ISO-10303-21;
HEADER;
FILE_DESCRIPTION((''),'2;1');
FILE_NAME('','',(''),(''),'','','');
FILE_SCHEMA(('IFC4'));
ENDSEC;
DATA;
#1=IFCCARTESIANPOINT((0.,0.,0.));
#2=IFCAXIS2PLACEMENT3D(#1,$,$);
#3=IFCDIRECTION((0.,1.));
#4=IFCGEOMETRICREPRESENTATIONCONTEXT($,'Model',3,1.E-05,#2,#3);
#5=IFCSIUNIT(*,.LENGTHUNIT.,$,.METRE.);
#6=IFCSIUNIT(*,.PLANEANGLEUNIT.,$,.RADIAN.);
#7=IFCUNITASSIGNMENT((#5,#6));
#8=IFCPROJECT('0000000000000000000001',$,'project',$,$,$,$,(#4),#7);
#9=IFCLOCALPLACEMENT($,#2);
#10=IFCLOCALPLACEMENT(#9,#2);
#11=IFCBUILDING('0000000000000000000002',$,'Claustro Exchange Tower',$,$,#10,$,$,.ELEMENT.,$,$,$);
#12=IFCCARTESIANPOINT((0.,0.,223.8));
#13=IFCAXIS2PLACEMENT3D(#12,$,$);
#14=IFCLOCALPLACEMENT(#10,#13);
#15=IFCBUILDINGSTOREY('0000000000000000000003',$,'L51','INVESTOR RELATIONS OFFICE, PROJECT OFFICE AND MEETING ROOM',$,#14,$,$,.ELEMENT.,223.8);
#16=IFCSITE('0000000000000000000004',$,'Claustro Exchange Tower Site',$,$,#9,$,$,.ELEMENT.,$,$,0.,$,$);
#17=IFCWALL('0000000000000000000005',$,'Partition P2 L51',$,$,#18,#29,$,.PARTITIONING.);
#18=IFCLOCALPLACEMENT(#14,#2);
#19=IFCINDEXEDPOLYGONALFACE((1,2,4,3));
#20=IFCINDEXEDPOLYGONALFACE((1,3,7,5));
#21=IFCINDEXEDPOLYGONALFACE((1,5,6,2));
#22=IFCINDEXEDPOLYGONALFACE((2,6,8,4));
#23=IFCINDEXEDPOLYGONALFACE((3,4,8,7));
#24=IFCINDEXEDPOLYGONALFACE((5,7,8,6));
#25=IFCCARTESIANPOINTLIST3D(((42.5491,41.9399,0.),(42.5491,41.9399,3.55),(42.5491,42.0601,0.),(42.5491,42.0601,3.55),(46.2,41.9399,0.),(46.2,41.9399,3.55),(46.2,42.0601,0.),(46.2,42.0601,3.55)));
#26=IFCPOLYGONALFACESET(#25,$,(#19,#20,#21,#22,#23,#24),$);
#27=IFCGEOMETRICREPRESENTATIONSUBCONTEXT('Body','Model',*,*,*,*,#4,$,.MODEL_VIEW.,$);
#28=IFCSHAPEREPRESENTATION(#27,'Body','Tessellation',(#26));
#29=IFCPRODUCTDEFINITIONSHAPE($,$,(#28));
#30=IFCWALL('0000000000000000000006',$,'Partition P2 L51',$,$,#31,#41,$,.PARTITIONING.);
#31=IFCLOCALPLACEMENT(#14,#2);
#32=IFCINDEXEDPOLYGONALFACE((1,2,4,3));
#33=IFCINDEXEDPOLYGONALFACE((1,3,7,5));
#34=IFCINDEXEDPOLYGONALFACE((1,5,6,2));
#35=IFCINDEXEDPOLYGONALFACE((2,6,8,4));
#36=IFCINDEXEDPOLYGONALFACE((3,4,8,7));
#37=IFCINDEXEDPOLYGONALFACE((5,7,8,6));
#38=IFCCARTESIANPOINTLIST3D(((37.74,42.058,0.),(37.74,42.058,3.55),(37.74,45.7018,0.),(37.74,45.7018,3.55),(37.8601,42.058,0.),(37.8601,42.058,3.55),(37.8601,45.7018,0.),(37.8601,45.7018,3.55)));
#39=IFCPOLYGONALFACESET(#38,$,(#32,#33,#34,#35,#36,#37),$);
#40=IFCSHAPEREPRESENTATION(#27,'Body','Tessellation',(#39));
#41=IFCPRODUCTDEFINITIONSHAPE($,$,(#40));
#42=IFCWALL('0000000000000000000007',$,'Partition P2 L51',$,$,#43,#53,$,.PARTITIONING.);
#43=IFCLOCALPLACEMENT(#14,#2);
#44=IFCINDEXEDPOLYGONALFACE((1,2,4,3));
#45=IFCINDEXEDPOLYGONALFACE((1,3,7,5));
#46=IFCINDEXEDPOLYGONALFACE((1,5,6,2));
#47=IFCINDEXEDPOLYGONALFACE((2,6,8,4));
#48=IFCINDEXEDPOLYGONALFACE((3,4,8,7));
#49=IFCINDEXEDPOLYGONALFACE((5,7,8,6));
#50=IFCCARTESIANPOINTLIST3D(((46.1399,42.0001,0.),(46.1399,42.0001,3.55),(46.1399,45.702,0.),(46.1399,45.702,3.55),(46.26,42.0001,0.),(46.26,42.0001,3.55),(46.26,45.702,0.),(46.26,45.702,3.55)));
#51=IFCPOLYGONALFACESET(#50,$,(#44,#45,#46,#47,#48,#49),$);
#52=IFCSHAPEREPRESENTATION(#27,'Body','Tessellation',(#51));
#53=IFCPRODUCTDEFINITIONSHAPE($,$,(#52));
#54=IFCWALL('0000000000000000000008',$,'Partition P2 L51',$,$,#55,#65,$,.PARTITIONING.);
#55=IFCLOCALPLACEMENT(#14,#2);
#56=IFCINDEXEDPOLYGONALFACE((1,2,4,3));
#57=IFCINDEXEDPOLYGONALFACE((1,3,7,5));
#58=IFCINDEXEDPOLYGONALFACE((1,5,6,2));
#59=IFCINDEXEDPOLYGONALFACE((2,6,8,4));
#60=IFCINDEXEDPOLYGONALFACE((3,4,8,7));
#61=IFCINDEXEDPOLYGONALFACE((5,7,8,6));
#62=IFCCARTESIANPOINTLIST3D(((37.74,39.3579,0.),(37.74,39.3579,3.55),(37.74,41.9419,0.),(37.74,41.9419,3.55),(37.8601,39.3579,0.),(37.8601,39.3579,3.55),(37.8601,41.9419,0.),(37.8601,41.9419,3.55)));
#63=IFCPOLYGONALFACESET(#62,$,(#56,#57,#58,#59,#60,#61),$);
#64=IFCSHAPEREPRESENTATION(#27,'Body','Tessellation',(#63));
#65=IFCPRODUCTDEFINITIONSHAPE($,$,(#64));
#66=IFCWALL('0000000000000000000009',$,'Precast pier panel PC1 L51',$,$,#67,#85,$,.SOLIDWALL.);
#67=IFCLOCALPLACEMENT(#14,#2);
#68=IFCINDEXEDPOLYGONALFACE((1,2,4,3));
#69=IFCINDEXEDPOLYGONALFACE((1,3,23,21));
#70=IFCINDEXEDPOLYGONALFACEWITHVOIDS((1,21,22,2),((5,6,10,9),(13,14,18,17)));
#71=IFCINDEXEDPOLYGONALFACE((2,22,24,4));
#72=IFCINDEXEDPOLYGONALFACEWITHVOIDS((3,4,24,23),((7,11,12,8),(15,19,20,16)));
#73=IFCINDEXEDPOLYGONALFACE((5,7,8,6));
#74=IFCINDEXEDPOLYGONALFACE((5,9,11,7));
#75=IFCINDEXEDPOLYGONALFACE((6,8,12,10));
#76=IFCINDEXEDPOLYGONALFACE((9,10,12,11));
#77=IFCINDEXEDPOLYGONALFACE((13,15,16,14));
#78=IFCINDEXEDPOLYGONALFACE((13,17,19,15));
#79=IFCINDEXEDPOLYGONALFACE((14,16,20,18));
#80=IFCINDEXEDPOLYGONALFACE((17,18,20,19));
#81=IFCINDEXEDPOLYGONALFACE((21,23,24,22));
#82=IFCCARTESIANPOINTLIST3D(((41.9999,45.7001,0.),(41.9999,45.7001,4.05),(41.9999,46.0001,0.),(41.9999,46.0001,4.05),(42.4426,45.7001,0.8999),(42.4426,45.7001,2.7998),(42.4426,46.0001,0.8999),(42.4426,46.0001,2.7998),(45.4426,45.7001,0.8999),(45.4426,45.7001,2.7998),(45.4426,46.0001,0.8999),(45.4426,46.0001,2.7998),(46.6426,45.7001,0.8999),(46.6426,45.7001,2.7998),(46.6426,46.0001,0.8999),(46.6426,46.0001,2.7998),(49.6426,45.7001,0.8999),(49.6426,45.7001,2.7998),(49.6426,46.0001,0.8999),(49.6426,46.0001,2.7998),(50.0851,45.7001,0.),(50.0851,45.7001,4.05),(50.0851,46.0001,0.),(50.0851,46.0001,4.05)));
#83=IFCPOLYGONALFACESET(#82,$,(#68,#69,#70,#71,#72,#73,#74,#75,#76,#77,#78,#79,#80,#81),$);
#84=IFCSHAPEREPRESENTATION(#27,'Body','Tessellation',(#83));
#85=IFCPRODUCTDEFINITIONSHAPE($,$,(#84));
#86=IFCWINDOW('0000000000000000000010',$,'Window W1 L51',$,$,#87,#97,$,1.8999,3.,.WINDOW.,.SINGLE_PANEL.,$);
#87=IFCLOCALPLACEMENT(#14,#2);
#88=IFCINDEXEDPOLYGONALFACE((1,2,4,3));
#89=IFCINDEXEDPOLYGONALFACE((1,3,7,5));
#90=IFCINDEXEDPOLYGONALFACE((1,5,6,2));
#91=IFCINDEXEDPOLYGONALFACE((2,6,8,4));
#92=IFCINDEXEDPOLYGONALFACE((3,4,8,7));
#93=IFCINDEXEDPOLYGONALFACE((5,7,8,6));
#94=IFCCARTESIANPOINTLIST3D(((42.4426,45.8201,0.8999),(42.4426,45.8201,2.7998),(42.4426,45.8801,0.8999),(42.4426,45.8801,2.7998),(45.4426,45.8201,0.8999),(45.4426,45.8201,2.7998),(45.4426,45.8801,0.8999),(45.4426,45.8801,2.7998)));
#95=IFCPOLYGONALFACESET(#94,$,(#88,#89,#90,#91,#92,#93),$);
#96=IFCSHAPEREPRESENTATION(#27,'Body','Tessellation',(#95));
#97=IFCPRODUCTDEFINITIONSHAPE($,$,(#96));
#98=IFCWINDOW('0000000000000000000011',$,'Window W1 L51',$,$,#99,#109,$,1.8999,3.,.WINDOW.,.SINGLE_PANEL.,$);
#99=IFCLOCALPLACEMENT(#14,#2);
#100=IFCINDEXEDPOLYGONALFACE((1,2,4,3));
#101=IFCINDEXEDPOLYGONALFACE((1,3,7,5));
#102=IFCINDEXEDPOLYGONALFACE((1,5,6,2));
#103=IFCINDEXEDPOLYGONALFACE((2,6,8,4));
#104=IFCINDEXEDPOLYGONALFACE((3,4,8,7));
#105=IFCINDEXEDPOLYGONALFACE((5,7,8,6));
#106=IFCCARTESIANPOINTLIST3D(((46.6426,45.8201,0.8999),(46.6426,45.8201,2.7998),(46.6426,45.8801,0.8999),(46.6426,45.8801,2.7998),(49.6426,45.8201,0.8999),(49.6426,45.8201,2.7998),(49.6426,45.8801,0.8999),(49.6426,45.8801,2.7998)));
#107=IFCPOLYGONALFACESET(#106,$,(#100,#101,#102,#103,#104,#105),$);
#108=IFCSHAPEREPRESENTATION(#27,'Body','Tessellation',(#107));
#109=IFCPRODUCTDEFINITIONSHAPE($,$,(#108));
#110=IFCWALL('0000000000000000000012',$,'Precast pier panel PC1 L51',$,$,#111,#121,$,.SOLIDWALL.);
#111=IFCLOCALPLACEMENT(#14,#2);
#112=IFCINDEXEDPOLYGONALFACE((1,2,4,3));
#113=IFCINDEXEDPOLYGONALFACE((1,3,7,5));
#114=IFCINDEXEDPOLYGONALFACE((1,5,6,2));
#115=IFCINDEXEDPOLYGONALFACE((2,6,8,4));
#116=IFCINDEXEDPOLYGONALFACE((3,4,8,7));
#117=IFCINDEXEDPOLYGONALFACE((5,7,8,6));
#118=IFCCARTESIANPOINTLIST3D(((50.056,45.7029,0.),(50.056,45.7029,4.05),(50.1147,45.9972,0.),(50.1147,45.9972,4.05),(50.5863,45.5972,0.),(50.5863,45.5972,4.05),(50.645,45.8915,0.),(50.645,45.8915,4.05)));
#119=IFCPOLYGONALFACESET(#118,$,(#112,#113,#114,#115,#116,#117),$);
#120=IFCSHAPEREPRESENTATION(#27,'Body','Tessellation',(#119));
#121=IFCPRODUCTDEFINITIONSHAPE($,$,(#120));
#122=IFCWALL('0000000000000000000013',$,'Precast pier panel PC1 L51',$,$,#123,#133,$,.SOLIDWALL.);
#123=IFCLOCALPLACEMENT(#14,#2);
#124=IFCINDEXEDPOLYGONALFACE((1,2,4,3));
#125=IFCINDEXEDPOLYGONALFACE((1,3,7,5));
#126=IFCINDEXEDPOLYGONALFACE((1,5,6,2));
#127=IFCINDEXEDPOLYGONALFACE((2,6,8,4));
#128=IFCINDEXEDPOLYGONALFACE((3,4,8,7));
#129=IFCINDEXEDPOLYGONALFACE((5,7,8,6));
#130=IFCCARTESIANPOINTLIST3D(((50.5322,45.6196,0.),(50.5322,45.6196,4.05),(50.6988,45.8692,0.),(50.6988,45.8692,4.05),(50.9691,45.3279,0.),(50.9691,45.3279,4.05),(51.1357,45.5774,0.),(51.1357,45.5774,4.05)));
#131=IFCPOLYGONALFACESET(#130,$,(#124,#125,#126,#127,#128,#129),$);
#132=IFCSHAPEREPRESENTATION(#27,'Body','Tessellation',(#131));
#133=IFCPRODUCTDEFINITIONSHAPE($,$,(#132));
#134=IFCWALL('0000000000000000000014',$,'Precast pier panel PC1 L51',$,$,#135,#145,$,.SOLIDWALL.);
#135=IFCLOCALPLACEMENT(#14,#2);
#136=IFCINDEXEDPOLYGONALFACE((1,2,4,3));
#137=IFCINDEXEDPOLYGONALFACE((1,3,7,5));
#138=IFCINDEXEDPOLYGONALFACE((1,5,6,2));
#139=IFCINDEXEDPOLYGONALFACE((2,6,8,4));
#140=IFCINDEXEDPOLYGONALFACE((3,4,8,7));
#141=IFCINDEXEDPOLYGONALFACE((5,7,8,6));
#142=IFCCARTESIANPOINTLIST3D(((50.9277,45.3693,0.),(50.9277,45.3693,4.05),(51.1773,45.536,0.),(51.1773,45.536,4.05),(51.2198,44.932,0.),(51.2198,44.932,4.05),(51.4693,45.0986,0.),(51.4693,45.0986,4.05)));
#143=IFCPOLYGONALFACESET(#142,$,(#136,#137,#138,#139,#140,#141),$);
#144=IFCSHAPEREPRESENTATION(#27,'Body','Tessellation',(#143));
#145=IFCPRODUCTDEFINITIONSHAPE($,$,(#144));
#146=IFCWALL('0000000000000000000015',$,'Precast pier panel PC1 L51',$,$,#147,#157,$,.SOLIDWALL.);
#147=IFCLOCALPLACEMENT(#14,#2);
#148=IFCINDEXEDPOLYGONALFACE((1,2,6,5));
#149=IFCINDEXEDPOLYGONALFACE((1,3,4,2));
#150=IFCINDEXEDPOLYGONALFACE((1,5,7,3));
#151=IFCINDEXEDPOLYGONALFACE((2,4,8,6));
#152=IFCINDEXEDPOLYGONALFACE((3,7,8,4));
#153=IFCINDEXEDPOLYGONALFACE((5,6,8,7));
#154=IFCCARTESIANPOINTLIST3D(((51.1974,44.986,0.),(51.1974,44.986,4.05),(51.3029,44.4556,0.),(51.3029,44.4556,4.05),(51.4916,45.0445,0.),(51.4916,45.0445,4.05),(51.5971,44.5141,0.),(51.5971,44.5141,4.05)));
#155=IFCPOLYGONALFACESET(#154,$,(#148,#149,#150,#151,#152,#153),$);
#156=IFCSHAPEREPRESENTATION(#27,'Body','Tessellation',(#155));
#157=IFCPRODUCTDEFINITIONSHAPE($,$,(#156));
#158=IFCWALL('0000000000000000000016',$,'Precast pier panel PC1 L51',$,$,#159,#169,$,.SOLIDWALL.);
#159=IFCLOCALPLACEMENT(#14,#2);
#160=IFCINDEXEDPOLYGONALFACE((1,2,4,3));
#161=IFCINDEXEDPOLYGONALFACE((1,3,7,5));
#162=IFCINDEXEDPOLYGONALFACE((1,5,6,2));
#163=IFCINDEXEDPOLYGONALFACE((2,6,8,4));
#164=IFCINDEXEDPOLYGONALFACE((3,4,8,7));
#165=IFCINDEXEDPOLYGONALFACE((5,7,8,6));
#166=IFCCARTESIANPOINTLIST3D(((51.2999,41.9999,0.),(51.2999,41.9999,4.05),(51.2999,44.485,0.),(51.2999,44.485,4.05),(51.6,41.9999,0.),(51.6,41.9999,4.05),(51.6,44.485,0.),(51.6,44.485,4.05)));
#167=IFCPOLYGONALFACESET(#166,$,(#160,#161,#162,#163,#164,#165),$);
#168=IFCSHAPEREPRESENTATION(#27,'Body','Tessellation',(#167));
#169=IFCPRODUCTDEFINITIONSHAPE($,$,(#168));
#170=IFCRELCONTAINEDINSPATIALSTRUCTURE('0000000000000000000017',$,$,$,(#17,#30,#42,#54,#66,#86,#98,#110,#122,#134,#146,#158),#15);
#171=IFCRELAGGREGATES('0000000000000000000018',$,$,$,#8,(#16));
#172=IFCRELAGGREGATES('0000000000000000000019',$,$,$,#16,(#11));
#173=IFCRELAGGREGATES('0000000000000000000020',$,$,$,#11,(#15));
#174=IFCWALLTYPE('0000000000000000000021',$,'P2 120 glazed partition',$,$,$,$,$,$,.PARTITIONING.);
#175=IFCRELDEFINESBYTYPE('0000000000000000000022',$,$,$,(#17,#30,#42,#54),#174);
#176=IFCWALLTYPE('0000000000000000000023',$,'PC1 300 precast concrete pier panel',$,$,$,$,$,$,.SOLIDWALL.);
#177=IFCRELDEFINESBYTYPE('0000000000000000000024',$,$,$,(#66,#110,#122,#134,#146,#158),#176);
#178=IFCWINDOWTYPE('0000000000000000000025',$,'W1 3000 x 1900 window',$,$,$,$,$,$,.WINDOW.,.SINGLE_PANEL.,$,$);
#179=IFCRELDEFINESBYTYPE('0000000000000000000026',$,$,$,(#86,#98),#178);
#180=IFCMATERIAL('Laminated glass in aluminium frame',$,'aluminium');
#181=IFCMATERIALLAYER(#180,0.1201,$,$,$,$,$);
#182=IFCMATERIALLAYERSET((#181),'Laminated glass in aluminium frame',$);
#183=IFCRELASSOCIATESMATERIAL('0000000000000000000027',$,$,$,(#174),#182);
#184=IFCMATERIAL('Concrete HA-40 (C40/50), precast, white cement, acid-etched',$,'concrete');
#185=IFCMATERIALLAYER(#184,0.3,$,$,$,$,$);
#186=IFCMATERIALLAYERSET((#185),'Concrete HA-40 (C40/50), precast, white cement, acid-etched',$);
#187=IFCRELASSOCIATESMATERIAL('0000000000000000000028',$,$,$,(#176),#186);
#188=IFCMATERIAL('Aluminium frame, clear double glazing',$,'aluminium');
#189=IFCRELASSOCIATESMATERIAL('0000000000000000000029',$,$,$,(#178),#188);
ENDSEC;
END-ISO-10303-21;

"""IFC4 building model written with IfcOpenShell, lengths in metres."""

from ifc_helpers import new_model, si_unit, direction, frame, frame_2d, origin, place, context, subcontext, project, spatial, rectangle, extrude, material, layer, layer_set, type_object, element, fill, save


model = new_model("IFC4")

# Units and contexts
model_context = context("Model", 3, precision=1e-05, world=origin(), true_north=direction((0.0, 1.0)))
body_context = subcontext(model_context, "Body", "Model", "MODEL_VIEW")
ifc_project = project(units=[si_unit("LENGTHUNIT", "METRE"), si_unit("PLANEANGLEUNIT", "RADIAN")], contexts=[model_context])

# Site, building, storey
site_placement = place(None, origin())
site = spatial("IfcSite", under=ifc_project, at=site_placement, Name="Claustro Exchange Tower Site", CompositionType="ELEMENT", RefElevation=0.0)
building_placement = place(site_placement, origin())
building = spatial("IfcBuilding", under=site, at=building_placement, Name="Claustro Exchange Tower", CompositionType="ELEMENT")
storey_placement = place(building_placement, frame((0.0, 0.0, 223.8)))
storey = spatial("IfcBuildingStorey", under=building, at=storey_placement, Name="L51", Description="INVESTOR RELATIONS OFFICE, PROJECT OFFICE AND MEETING ROOM", CompositionType="ELEMENT", Elevation=223.8)

# Walls
ifc_material_1 = material(Name="Laminated glass in aluminium frame", Category="aluminium")
ifc_layer_1 = layer(ifc_material_1, 0.1201)
ifc_layer_set_1 = layer_set([ifc_layer_1], Name="Laminated glass in aluminium frame")
wall_type_1 = type_object("IfcWallType", Name="P2 120 glazed partition", PredefinedType="PARTITIONING", material=ifc_layer_set_1)
wall_1_placement = place(storey_placement, frame((42.5491, 42.0, 0.0), z_axis=(0.0, 0.0, 1.0), x_axis=(1.0, 0.0, 0.0)))
element("IfcWall", 1, at=wall_1_placement, inside=storey, type_object=wall_type_1, Name="Partition P2 L51", PredefinedType="PARTITIONING", context=body_context, shape_type="SweptSolid", body=[
    extrude(rectangle(XDim=3.6509, YDim=0.1201, at=frame_2d((1.8254, 0.0))), origin(), (0.0, 0.0, 1.0), 3.55),
])
wall_2_placement = place(storey_placement, frame((37.8, 42.0581, 0.0), z_axis=(0.0, 0.0, 1.0), x_axis=(0.0, 1.0, 0.0)))
element("IfcWall", 2, at=wall_2_placement, inside=storey, type_object=wall_type_1, Name="Partition P2 L51", PredefinedType="PARTITIONING", context=body_context, shape_type="SweptSolid", body=[
    extrude(rectangle(XDim=3.6438, YDim=0.1201, at=frame_2d((1.8218, 0.0))), origin(), (0.0, 0.0, 1.0), 3.55),
])
wall_3_placement = place(storey_placement, frame((46.2, 42.0, 0.0), z_axis=(0.0, 0.0, 1.0), x_axis=(0.0, 1.0, 0.0)))
element("IfcWall", 3, at=wall_3_placement, inside=storey, type_object=wall_type_1, Name="Partition P2 L51", PredefinedType="PARTITIONING", context=body_context, shape_type="SweptSolid", body=[
    extrude(rectangle(XDim=3.7019, YDim=0.1201, at=frame_2d((1.8511, 0.0))), origin(), (0.0, 0.0, 1.0), 3.55),
])
wall_4_placement = place(storey_placement, frame((37.8, 39.3579, 0.0), z_axis=(0.0, 0.0, 1.0), x_axis=(0.0, 1.0, 0.0)))
element("IfcWall", 4, at=wall_4_placement, inside=storey, type_object=wall_type_1, Name="Partition P2 L51", PredefinedType="PARTITIONING", context=body_context, shape_type="SweptSolid", body=[
    extrude(rectangle(XDim=2.584, YDim=0.1201, at=frame_2d((1.292, 0.0))), origin(), (0.0, 0.0, 1.0), 3.55),
])

# Wall, openings, windows
ifc_material_2 = material(Name="Concrete HA-40 (C40/50), precast, white cement, acid-etched", Category="concrete")
ifc_layer_2 = layer(ifc_material_2, 0.3)
ifc_layer_set_2 = layer_set([ifc_layer_2], Name="Concrete HA-40 (C40/50), precast, white cement, acid-etched")
wall_type_2 = type_object("IfcWallType", Name="PC1 300 precast concrete pier panel", PredefinedType="SOLIDWALL", material=ifc_layer_set_2)
wall_5_placement = place(storey_placement, frame((42.0, 45.8501, 0.0), z_axis=(0.0, 0.0, 1.0), x_axis=(1.0, 0.0, 0.0)))
wall_5 = element("IfcWall", 5, at=wall_5_placement, inside=storey, type_object=wall_type_2, Name="Precast pier panel PC1 L51", PredefinedType="SOLIDWALL", context=body_context, shape_type="SweptSolid", body=[
    extrude(rectangle(XDim=8.0852, YDim=0.3, at=frame_2d((4.0425, 0.0))), origin(), (0.0, 0.0, 1.0), 4.05),
])
opening_1_placement = place(wall_5_placement, frame((0.4426, 0.0, 0.8999)))
opening_1 = element("IfcOpeningElement", 6, at=opening_1_placement, cuts=wall_5, PredefinedType="OPENING", context=body_context, shape_type="SweptSolid", body=[
    extrude(rectangle(XDim=3.0, YDim=1.8999, at=frame_2d((1.5, 0.95))), frame((0.0, 0.1599, 0.0), z_axis=(0.0, -1.0, 0.0), x_axis=(1.0, 0.0, 0.0)), (0.0, 0.0, 1.0), 0.3201),
])
opening_2_placement = place(wall_5_placement, frame((4.6426, 0.0, 0.8999)))
opening_2 = element("IfcOpeningElement", 7, at=opening_2_placement, cuts=wall_5, PredefinedType="OPENING", context=body_context, shape_type="SweptSolid", body=[
    extrude(rectangle(XDim=3.0, YDim=1.8999, at=frame_2d((1.5, 0.95))), frame((0.0, 0.1599, 0.0), z_axis=(0.0, -1.0, 0.0), x_axis=(1.0, 0.0, 0.0)), (0.0, 0.0, 1.0), 0.3201),
])
ifc_material_3 = material(Name="Aluminium frame, clear double glazing", Category="aluminium")
window_type_1 = type_object("IfcWindowType", Name="W1 3000 x 1900 window", PartitioningType="SINGLE_PANEL", PredefinedType="WINDOW", material=ifc_material_3)
window_1_placement = place(opening_1_placement, origin())
window_1 = element("IfcWindow", 8, at=window_1_placement, inside=storey, type_object=window_type_1, Name="Window W1 L51", OverallHeight=1.8999, OverallWidth=3.0, PartitioningType="SINGLE_PANEL", PredefinedType="WINDOW", context=body_context, shape_type="SweptSolid", body=[
    extrude(rectangle(XDim=3.0, YDim=1.8999, at=frame_2d((1.5, 0.95))), frame((0.0, 0.03, 0.0), z_axis=(0.0, -1.0, 0.0), x_axis=(1.0, 0.0, 0.0)), (0.0, 0.0, 1.0), 0.0601),
])
fill(opening_1, window_1)
window_2_placement = place(opening_2_placement, origin())
window_2 = element("IfcWindow", 9, at=window_2_placement, inside=storey, type_object=window_type_1, Name="Window W1 L51", OverallHeight=1.8999, OverallWidth=3.0, PartitioningType="SINGLE_PANEL", PredefinedType="WINDOW", context=body_context, shape_type="SweptSolid", body=[
    extrude(rectangle(XDim=3.0, YDim=1.8999, at=frame_2d((1.5, 0.95))), frame((0.0, 0.03, 0.0), z_axis=(0.0, -1.0, 0.0), x_axis=(1.0, 0.0, 0.0)), (0.0, 0.0, 1.0), 0.0601),
])
fill(opening_2, window_2)

# Walls
wall_6_placement = place(storey_placement, frame((50.0852, 45.8501, 0.0), z_axis=(0.0, 0.0, 1.0), x_axis=(0.980702, -0.195508, 0.0)))
element("IfcWall", 10, at=wall_6_placement, inside=storey, type_object=wall_type_2, Name="Precast pier panel PC1 L51", PredefinedType="SOLIDWALL", context=body_context, shape_type="SweptSolid", body=[
    extrude(rectangle(XDim=0.5408, YDim=0.3, at=frame_2d((0.2705, 0.0))), origin(), (0.0, 0.0, 1.0), 4.05),
])
wall_7_placement = place(storey_placement, frame((50.6155, 45.7444, 0.0), z_axis=(0.0, 0.0, 1.0), x_axis=(0.831693, -0.555236, 0.0)))
element("IfcWall", 11, at=wall_7_placement, inside=storey, type_object=wall_type_2, Name="Precast pier panel PC1 L51", PredefinedType="SOLIDWALL", context=body_context, shape_type="SweptSolid", body=[
    extrude(rectangle(XDim=0.5254, YDim=0.3, at=frame_2d((0.2627, 0.0))), origin(), (0.0, 0.0, 1.0), 4.05),
])
wall_8_placement = place(storey_placement, frame((51.0525, 45.4526, 0.0), z_axis=(0.0, 0.0, 1.0), x_axis=(0.555343, -0.831621, 0.0)))
element("IfcWall", 12, at=wall_8_placement, inside=storey, type_object=wall_type_2, Name="Precast pier panel PC1 L51", PredefinedType="SOLIDWALL", context=body_context, shape_type="SweptSolid", body=[
    extrude(rectangle(XDim=0.5259, YDim=0.3, at=frame_2d((0.2629, 0.0))), origin(), (0.0, 0.0, 1.0), 4.05),
])
wall_9_placement = place(storey_placement, frame((51.3445, 45.0154, 0.0), z_axis=(0.0, 0.0, 1.0), x_axis=(0.195074, -0.980789, 0.0)))
element("IfcWall", 13, at=wall_9_placement, inside=storey, type_object=wall_type_2, Name="Precast pier panel PC1 L51", PredefinedType="SOLIDWALL", context=body_context, shape_type="SweptSolid", body=[
    extrude(rectangle(XDim=0.5408, YDim=0.3, at=frame_2d((0.2705, 0.0))), origin(), (0.0, 0.0, 1.0), 4.05),
])
wall_10_placement = place(storey_placement, frame((51.45, 44.4851, 0.0), z_axis=(0.0, 0.0, 1.0), x_axis=(0.0, -1.0, 0.0)))
element("IfcWall", 14, at=wall_10_placement, inside=storey, type_object=wall_type_2, Name="Precast pier panel PC1 L51", PredefinedType="SOLIDWALL", context=body_context, shape_type="SweptSolid", body=[
    extrude(rectangle(XDim=2.4851, YDim=0.3, at=frame_2d((1.2427, 0.0))), origin(), (0.0, 0.0, 1.0), 4.05),
])

save(model, "model.ifc")
